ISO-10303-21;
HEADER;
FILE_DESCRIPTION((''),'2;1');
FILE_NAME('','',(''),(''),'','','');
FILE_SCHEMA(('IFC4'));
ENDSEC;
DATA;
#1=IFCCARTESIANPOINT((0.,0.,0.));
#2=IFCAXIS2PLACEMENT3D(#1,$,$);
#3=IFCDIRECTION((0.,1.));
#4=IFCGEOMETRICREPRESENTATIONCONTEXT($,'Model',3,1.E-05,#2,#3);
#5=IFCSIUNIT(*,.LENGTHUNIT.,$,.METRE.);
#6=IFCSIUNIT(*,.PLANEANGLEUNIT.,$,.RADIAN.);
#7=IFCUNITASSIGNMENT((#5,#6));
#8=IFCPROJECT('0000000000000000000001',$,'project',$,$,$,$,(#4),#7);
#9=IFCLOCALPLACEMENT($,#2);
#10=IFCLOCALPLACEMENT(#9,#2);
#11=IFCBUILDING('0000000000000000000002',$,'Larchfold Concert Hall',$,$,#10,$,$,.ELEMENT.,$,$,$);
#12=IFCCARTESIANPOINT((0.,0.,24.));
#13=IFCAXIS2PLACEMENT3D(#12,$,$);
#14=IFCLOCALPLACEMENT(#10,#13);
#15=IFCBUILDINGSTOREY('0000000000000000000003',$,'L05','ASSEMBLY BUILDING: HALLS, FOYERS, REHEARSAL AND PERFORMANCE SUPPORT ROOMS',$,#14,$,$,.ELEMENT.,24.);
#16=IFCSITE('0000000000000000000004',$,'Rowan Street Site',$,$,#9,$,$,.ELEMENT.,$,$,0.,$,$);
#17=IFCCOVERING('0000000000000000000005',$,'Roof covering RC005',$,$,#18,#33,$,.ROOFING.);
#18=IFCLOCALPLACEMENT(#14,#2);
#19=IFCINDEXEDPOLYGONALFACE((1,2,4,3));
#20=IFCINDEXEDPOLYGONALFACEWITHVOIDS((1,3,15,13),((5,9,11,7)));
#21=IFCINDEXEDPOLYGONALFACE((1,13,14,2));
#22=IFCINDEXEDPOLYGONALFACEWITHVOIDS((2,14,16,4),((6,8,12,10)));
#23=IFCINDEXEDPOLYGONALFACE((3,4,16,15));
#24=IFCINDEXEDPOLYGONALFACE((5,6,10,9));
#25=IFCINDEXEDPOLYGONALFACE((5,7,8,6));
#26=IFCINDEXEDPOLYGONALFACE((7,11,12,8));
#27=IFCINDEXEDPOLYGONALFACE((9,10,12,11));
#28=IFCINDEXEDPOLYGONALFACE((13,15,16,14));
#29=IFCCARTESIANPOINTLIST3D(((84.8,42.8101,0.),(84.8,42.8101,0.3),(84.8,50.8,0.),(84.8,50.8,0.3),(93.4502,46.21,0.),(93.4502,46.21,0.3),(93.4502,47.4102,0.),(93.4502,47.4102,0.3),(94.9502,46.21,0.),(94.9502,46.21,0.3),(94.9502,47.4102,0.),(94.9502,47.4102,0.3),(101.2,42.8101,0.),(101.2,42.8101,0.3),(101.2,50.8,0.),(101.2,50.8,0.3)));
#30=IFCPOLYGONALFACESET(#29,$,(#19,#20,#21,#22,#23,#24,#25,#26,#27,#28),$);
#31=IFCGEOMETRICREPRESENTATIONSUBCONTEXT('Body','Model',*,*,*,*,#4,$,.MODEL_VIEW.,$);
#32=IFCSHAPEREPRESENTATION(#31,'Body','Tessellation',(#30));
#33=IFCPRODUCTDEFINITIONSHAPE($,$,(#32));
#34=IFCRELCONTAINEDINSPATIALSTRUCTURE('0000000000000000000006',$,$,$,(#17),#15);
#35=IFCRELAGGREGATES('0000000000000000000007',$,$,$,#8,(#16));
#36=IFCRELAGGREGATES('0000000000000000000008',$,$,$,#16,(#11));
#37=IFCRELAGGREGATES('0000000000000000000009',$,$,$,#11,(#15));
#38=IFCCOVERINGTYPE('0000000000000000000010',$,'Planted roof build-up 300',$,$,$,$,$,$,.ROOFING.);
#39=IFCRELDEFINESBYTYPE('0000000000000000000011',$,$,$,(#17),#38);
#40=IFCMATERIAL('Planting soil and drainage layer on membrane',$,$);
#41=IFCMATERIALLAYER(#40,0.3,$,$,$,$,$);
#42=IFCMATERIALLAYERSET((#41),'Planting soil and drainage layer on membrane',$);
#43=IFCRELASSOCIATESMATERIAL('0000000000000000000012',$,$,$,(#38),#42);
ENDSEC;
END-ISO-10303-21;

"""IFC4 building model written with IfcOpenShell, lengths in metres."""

from ifc_helpers import new_model, si_unit, direction, frame, origin, place, context, subcontext, project, spatial, polyline, outline, extrude, material, layer, layer_set, type_object, element, save


model = new_model("IFC4")

# Units and contexts
model_context = context("Model", 3, precision=1e-05, world=origin(), true_north=direction((0.0, 1.0)))
body_context = subcontext(model_context, "Body", "Model", "MODEL_VIEW")
ifc_project = project(units=[si_unit("LENGTHUNIT", "METRE"), si_unit("PLANEANGLEUNIT", "RADIAN")], contexts=[model_context])

# Site, building, storey
site_placement = place(None, origin())
site = spatial("IfcSite", under=ifc_project, at=site_placement, Name="Rowan Street Site", CompositionType="ELEMENT", RefElevation=0.0)
building_placement = place(site_placement, origin())
building = spatial("IfcBuilding", under=site, at=building_placement, Name="Larchfold Concert Hall", CompositionType="ELEMENT")
storey_placement = place(building_placement, frame((0.0, 0.0, 24.0)))
storey = spatial("IfcBuildingStorey", under=building, at=storey_placement, Name="L05", Description="ASSEMBLY BUILDING: HALLS, FOYERS, REHEARSAL AND PERFORMANCE SUPPORT ROOMS", CompositionType="ELEMENT", Elevation=24.0)

# Covering
ifc_material_1 = material(Name="Planting soil and drainage layer on membrane")
ifc_layer_1 = layer(ifc_material_1, 0.3)
ifc_layer_set_1 = layer_set([ifc_layer_1], Name="Planting soil and drainage layer on membrane")
covering_type_1 = type_object("IfcCoveringType", Name="Planted roof build-up 300", PredefinedType="ROOFING", material=ifc_layer_set_1)
covering_1_placement = place(storey_placement, origin())
element("IfcCovering", 1, at=covering_1_placement, inside=storey, type_object=covering_type_1, Name="Roof covering RC005", PredefinedType="ROOFING", context=body_context, shape_type="SweptSolid", body=[
    extrude(outline(polyline([(84.8, 42.8101), (101.2, 42.8101), (101.2, 50.8), (84.8, 50.8), (84.8, 42.8101)]), holes=[polyline([(94.9502, 47.4102), (93.4502, 47.4102), (93.4502, 46.21), (94.9502, 46.21), (94.9502, 47.4102)])]), origin(), (0.0, 0.0, 1.0), 0.3),
])

save(model, "model.ifc")
